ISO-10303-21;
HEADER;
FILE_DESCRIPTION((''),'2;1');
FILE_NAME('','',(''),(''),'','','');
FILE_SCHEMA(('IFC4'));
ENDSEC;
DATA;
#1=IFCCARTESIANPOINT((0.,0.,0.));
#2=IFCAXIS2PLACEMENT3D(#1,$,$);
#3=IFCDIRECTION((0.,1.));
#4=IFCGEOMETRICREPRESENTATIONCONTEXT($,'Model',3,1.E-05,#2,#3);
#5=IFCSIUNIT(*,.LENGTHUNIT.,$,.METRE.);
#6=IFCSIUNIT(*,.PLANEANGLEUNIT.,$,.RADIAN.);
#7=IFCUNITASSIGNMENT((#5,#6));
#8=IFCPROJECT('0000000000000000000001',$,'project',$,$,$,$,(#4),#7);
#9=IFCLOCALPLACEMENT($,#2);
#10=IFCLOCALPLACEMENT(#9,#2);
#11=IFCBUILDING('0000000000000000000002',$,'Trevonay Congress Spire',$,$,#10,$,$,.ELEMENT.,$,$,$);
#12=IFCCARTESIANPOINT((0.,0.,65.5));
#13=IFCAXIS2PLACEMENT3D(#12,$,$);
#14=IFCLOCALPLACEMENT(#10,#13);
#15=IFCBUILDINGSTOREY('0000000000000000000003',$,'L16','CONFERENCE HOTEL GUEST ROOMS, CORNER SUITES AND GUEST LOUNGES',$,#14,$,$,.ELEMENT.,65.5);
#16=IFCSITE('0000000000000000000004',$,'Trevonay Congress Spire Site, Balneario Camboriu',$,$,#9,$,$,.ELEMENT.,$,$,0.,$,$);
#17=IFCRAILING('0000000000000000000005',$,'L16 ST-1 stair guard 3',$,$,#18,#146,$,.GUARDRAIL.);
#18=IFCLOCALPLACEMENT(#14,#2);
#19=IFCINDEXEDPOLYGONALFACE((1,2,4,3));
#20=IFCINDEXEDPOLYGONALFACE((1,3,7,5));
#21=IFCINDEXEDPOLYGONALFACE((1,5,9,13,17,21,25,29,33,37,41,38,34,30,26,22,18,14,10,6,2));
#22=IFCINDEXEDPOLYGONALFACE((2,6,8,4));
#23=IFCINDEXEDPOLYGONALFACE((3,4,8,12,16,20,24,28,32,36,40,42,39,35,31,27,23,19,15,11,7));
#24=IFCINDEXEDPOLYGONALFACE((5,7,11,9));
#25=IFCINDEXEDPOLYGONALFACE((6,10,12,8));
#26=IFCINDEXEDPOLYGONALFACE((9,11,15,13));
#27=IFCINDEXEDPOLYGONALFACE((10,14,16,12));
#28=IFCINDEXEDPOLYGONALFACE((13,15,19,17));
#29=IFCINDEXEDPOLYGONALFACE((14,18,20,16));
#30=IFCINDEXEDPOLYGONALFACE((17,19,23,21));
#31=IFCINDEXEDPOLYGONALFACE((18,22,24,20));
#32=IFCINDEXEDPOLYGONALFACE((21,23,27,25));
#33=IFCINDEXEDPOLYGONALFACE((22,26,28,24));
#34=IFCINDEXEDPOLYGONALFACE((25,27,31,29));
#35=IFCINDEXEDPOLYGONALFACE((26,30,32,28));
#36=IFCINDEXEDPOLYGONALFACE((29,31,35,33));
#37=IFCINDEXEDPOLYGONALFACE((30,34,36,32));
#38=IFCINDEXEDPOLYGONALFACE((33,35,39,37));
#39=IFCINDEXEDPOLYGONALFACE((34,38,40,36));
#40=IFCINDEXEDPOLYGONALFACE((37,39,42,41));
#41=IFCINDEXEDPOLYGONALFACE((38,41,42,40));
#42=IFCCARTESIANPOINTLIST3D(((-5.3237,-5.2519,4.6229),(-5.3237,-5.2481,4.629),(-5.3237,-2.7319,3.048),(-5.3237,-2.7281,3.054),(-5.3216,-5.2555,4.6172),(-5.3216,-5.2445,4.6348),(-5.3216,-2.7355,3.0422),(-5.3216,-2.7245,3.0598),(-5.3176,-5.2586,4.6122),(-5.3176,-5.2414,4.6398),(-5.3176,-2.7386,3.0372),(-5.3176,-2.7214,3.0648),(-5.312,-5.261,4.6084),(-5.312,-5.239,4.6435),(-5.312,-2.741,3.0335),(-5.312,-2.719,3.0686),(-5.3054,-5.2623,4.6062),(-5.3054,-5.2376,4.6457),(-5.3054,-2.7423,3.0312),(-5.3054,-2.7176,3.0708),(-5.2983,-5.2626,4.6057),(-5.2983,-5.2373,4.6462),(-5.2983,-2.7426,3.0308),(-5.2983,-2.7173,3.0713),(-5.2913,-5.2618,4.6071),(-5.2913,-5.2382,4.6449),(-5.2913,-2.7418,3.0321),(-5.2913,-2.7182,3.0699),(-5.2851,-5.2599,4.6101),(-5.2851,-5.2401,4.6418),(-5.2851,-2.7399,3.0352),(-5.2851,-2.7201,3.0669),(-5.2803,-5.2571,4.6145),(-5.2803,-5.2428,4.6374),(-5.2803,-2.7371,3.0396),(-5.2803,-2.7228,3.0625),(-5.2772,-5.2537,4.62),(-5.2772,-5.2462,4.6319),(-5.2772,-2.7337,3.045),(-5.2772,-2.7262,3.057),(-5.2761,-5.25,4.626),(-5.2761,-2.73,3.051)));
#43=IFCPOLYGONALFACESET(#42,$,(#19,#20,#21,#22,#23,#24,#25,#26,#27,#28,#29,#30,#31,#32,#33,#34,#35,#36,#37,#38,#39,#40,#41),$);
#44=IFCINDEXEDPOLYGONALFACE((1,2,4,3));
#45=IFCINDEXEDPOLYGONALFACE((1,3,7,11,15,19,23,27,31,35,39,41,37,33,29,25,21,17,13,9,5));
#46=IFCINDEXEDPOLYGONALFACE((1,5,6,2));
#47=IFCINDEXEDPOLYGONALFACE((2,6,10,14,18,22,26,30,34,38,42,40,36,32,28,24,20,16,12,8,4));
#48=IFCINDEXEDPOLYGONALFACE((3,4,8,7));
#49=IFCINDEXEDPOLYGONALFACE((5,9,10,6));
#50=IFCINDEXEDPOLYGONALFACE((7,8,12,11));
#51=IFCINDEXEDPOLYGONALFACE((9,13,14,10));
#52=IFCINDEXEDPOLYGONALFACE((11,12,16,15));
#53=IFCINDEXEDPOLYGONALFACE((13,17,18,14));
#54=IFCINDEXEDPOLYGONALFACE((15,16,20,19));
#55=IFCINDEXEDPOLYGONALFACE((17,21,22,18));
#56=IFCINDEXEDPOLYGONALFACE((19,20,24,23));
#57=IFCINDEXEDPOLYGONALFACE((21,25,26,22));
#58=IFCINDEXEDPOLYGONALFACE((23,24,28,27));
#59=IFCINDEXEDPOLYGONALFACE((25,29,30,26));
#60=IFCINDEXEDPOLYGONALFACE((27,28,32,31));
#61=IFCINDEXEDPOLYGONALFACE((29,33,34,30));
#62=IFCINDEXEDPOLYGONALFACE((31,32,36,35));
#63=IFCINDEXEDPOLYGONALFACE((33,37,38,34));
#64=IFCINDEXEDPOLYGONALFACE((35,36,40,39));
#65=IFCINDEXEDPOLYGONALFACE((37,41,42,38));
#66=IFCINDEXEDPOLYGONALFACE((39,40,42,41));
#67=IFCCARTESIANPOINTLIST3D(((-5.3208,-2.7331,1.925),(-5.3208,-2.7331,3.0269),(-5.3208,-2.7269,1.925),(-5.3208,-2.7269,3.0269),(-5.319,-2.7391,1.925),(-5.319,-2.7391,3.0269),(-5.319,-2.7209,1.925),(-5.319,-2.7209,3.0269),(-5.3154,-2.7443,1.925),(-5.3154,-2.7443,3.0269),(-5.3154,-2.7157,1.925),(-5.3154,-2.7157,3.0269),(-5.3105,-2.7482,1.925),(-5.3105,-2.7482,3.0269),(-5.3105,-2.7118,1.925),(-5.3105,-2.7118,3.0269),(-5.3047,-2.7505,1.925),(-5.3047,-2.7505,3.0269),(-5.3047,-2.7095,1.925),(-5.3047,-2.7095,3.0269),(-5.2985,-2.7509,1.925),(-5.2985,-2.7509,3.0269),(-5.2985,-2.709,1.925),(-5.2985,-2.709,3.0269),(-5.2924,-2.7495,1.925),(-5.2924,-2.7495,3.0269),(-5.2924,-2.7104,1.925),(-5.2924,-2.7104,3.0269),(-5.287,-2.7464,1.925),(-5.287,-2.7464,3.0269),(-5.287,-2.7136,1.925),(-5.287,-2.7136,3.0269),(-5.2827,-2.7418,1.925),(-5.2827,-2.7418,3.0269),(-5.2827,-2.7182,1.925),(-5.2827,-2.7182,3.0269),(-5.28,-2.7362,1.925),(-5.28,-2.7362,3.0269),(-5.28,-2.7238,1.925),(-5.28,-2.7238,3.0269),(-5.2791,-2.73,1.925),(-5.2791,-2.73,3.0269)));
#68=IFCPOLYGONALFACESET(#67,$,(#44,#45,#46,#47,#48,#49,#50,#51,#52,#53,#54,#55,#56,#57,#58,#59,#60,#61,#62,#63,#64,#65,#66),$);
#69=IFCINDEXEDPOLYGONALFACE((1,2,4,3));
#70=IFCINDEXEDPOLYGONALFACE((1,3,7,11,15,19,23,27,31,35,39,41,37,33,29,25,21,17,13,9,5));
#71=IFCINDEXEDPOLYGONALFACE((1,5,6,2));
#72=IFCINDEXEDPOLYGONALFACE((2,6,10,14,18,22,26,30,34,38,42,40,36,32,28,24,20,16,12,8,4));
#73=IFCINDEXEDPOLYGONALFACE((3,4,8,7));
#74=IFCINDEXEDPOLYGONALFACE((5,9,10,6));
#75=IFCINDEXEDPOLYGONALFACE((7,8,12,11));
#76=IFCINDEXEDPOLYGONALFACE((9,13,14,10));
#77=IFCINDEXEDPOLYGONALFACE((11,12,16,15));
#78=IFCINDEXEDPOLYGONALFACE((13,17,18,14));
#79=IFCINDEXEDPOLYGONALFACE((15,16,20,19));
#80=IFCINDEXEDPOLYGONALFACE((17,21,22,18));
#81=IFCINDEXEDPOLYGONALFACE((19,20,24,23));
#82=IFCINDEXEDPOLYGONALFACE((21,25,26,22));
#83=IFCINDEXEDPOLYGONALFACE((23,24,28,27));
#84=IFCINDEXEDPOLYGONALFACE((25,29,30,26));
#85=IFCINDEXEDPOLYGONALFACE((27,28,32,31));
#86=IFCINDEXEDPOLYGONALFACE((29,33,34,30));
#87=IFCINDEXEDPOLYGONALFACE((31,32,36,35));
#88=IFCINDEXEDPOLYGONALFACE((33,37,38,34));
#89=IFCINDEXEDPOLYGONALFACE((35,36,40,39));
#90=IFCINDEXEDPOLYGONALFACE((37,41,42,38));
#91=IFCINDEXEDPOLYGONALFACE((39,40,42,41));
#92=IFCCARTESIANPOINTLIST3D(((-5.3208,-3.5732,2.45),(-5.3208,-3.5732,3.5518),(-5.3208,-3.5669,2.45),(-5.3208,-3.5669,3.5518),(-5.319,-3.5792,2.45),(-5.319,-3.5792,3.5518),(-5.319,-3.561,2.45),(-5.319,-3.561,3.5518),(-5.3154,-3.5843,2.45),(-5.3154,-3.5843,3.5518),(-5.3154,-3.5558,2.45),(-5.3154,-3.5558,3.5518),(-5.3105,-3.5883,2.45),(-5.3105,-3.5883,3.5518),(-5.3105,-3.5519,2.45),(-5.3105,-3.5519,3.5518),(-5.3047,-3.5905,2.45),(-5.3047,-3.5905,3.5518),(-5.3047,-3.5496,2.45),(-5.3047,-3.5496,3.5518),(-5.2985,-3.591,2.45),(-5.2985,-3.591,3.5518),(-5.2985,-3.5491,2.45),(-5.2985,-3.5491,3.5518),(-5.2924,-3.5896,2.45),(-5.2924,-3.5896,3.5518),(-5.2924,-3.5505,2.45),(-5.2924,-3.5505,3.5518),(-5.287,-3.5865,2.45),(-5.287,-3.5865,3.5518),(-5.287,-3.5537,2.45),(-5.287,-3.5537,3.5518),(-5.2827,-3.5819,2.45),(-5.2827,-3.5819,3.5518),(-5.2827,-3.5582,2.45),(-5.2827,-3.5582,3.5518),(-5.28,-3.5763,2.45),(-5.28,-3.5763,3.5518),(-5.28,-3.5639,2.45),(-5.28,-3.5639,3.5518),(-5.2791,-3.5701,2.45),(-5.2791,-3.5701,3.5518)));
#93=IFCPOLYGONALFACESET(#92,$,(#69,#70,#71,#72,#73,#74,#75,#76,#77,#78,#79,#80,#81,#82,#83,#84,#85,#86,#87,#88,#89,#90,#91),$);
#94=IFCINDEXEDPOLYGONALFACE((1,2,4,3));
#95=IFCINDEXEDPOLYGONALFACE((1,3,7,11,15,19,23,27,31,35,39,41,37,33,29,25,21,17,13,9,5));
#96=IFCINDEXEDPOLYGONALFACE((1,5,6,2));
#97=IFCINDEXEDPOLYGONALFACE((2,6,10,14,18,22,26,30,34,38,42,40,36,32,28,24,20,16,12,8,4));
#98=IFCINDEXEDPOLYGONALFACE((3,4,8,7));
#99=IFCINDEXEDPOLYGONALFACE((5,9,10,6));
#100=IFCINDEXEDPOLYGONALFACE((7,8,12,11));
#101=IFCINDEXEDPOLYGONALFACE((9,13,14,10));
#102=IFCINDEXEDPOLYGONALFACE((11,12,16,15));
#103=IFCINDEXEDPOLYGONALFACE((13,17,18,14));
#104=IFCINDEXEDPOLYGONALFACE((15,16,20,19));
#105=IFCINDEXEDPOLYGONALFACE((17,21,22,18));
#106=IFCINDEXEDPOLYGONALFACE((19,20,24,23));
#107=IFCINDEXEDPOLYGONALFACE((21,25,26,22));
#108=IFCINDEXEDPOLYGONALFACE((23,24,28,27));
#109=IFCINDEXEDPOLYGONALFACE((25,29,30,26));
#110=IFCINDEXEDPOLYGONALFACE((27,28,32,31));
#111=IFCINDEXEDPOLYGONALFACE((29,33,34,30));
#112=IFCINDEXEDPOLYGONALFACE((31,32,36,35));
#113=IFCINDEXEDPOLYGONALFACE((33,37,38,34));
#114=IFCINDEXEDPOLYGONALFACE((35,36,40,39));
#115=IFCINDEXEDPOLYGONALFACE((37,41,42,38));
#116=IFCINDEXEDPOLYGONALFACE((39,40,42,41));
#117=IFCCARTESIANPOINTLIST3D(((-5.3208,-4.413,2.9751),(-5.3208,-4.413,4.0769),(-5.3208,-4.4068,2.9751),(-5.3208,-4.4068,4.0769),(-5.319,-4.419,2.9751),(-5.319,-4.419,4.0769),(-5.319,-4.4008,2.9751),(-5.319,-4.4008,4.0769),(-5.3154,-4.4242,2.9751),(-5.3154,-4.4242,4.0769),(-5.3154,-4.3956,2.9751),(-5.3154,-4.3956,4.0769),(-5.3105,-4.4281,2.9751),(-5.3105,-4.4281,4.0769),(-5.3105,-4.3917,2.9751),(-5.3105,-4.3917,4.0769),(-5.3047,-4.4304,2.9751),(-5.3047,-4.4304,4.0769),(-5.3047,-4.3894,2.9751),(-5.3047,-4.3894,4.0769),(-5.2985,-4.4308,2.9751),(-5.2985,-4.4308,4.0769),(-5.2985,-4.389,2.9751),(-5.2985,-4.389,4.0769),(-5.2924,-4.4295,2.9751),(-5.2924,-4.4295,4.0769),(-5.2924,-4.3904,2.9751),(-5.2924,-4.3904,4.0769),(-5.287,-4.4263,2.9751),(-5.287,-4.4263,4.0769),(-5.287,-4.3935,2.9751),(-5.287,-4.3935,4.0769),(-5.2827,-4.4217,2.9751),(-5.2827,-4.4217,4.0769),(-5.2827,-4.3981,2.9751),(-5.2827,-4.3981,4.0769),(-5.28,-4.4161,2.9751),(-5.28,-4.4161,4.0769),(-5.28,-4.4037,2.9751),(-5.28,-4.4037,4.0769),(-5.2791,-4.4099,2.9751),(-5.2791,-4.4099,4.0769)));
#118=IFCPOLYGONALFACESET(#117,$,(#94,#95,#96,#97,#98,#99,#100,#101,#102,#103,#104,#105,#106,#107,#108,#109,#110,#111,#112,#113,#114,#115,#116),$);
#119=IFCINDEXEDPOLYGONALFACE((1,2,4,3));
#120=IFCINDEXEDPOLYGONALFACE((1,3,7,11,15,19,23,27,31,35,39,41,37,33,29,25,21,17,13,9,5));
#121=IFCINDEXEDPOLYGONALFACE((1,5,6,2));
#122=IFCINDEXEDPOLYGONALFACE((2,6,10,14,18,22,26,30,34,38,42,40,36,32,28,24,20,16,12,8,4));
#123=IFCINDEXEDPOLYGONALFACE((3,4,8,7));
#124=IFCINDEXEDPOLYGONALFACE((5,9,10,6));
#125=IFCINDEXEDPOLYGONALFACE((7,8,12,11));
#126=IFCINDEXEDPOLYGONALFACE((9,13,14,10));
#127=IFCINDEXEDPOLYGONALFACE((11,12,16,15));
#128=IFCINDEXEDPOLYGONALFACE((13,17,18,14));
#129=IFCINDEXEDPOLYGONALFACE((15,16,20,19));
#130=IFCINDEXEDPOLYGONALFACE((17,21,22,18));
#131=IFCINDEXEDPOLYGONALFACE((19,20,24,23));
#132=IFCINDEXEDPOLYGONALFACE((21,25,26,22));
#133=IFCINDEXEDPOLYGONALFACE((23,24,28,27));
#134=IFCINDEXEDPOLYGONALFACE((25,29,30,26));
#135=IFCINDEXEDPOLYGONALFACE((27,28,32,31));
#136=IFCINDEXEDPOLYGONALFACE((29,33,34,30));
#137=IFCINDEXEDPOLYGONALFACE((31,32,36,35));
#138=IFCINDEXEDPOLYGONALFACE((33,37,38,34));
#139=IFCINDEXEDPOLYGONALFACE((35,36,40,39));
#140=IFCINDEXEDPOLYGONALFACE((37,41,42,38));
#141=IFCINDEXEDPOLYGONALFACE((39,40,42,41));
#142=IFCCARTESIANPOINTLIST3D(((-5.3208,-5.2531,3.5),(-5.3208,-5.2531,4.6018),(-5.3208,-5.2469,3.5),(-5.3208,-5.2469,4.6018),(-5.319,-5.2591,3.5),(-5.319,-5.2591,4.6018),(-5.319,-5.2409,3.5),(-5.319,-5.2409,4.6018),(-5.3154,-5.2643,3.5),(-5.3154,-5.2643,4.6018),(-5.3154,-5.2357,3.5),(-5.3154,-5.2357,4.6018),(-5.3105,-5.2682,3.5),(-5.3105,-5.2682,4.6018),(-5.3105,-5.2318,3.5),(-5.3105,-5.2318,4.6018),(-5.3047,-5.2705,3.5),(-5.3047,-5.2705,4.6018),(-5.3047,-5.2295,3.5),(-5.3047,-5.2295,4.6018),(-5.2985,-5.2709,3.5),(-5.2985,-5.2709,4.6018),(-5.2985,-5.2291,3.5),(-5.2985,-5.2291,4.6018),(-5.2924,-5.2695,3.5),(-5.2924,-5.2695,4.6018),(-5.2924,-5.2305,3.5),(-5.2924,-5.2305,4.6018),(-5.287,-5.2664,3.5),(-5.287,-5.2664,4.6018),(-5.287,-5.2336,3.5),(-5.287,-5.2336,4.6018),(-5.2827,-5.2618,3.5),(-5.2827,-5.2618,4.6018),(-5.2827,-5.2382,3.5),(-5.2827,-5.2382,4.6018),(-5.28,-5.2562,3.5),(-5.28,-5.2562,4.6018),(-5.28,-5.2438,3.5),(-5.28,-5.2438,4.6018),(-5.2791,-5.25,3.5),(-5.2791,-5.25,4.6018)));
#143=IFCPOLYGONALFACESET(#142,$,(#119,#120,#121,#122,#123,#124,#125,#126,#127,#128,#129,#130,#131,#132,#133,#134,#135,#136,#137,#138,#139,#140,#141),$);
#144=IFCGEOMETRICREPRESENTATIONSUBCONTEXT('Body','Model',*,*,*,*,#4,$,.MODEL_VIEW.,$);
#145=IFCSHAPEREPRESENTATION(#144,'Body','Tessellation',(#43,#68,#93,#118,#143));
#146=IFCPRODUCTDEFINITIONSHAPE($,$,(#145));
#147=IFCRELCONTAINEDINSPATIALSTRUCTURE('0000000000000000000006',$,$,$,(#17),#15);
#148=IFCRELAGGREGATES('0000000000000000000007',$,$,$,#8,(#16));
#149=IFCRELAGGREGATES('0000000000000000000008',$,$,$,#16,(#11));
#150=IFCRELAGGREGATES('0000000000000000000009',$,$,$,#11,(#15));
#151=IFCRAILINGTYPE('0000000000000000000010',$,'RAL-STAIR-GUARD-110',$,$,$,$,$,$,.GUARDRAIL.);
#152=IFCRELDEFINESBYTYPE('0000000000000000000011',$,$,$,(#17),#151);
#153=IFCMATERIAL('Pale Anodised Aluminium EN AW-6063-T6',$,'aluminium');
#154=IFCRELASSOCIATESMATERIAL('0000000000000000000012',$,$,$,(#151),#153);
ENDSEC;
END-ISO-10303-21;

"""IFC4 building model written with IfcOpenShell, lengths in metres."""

from ifc_helpers import new_model, si_unit, direction, frame, origin, origin_2d, place, context, subcontext, project, spatial, circle, extrude, material, type_object, element, save


model = new_model("IFC4")

# Units and contexts
model_context = context("Model", 3, precision=1e-05, world=origin(), true_north=direction((0.0, 1.0)))
body_context = subcontext(model_context, "Body", "Model", "MODEL_VIEW")
ifc_project = project(units=[si_unit("LENGTHUNIT", "METRE"), si_unit("PLANEANGLEUNIT", "RADIAN")], contexts=[model_context])

# Site, building, storey
site_placement = place(None, origin())
site = spatial("IfcSite", under=ifc_project, at=site_placement, Name="Trevonay Congress Spire Site, Balneario Camboriu", CompositionType="ELEMENT", RefElevation=0.0)
building_placement = place(site_placement, origin())
building = spatial("IfcBuilding", under=site, at=building_placement, Name="Trevonay Congress Spire", CompositionType="ELEMENT")
storey_placement = place(building_placement, frame((0.0, 0.0, 65.5)))
storey = spatial("IfcBuildingStorey", under=building, at=storey_placement, Name="L16", Description="CONFERENCE HOTEL GUEST ROOMS, CORNER SUITES AND GUEST LOUNGES", CompositionType="ELEMENT", Elevation=65.5)

# Shared definitions
ifc_material_1 = material(Name="Pale Anodised Aluminium EN AW-6063-T6", Category="aluminium")

# Railing
railing_type_1 = type_object("IfcRailingType", Name="RAL-STAIR-GUARD-110", PredefinedType="GUARDRAIL", material=ifc_material_1)
railing_1_placement = place(storey_placement, frame((-5.3, -2.73, 1.925)))
element("IfcRailing", 1, at=railing_1_placement, inside=storey, type_object=railing_type_1, Name="L16 ST-1 stair guard 3", PredefinedType="GUARDRAIL", context=body_context, shape_type="SweptSolid", body=[
    extrude(circle(Radius=0.0239, at=origin_2d()), frame((0.0, 0.0, 1.126), z_axis=(0.0, -0.848008, 0.529984), x_axis=(1.0, 0.0, 0.0)), (0.0, 0.0, 1.0), 2.9717),
    extrude(circle(Radius=0.021, at=origin_2d()), origin(), (0.0, 0.0, 1.0), 1.1018),
    extrude(circle(Radius=0.021, at=origin_2d()), frame((0.0, -0.8401, 0.5249)), (0.0, 0.0, 1.0), 1.1018),
    extrude(circle(Radius=0.021, at=origin_2d()), frame((0.0, -1.6799, 1.05)), (0.0, 0.0, 1.0), 1.1018),
    extrude(circle(Radius=0.021, at=origin_2d()), frame((0.0, -2.52, 1.575)), (0.0, 0.0, 1.0), 1.1018),
])

save(model, "model.ifc")
